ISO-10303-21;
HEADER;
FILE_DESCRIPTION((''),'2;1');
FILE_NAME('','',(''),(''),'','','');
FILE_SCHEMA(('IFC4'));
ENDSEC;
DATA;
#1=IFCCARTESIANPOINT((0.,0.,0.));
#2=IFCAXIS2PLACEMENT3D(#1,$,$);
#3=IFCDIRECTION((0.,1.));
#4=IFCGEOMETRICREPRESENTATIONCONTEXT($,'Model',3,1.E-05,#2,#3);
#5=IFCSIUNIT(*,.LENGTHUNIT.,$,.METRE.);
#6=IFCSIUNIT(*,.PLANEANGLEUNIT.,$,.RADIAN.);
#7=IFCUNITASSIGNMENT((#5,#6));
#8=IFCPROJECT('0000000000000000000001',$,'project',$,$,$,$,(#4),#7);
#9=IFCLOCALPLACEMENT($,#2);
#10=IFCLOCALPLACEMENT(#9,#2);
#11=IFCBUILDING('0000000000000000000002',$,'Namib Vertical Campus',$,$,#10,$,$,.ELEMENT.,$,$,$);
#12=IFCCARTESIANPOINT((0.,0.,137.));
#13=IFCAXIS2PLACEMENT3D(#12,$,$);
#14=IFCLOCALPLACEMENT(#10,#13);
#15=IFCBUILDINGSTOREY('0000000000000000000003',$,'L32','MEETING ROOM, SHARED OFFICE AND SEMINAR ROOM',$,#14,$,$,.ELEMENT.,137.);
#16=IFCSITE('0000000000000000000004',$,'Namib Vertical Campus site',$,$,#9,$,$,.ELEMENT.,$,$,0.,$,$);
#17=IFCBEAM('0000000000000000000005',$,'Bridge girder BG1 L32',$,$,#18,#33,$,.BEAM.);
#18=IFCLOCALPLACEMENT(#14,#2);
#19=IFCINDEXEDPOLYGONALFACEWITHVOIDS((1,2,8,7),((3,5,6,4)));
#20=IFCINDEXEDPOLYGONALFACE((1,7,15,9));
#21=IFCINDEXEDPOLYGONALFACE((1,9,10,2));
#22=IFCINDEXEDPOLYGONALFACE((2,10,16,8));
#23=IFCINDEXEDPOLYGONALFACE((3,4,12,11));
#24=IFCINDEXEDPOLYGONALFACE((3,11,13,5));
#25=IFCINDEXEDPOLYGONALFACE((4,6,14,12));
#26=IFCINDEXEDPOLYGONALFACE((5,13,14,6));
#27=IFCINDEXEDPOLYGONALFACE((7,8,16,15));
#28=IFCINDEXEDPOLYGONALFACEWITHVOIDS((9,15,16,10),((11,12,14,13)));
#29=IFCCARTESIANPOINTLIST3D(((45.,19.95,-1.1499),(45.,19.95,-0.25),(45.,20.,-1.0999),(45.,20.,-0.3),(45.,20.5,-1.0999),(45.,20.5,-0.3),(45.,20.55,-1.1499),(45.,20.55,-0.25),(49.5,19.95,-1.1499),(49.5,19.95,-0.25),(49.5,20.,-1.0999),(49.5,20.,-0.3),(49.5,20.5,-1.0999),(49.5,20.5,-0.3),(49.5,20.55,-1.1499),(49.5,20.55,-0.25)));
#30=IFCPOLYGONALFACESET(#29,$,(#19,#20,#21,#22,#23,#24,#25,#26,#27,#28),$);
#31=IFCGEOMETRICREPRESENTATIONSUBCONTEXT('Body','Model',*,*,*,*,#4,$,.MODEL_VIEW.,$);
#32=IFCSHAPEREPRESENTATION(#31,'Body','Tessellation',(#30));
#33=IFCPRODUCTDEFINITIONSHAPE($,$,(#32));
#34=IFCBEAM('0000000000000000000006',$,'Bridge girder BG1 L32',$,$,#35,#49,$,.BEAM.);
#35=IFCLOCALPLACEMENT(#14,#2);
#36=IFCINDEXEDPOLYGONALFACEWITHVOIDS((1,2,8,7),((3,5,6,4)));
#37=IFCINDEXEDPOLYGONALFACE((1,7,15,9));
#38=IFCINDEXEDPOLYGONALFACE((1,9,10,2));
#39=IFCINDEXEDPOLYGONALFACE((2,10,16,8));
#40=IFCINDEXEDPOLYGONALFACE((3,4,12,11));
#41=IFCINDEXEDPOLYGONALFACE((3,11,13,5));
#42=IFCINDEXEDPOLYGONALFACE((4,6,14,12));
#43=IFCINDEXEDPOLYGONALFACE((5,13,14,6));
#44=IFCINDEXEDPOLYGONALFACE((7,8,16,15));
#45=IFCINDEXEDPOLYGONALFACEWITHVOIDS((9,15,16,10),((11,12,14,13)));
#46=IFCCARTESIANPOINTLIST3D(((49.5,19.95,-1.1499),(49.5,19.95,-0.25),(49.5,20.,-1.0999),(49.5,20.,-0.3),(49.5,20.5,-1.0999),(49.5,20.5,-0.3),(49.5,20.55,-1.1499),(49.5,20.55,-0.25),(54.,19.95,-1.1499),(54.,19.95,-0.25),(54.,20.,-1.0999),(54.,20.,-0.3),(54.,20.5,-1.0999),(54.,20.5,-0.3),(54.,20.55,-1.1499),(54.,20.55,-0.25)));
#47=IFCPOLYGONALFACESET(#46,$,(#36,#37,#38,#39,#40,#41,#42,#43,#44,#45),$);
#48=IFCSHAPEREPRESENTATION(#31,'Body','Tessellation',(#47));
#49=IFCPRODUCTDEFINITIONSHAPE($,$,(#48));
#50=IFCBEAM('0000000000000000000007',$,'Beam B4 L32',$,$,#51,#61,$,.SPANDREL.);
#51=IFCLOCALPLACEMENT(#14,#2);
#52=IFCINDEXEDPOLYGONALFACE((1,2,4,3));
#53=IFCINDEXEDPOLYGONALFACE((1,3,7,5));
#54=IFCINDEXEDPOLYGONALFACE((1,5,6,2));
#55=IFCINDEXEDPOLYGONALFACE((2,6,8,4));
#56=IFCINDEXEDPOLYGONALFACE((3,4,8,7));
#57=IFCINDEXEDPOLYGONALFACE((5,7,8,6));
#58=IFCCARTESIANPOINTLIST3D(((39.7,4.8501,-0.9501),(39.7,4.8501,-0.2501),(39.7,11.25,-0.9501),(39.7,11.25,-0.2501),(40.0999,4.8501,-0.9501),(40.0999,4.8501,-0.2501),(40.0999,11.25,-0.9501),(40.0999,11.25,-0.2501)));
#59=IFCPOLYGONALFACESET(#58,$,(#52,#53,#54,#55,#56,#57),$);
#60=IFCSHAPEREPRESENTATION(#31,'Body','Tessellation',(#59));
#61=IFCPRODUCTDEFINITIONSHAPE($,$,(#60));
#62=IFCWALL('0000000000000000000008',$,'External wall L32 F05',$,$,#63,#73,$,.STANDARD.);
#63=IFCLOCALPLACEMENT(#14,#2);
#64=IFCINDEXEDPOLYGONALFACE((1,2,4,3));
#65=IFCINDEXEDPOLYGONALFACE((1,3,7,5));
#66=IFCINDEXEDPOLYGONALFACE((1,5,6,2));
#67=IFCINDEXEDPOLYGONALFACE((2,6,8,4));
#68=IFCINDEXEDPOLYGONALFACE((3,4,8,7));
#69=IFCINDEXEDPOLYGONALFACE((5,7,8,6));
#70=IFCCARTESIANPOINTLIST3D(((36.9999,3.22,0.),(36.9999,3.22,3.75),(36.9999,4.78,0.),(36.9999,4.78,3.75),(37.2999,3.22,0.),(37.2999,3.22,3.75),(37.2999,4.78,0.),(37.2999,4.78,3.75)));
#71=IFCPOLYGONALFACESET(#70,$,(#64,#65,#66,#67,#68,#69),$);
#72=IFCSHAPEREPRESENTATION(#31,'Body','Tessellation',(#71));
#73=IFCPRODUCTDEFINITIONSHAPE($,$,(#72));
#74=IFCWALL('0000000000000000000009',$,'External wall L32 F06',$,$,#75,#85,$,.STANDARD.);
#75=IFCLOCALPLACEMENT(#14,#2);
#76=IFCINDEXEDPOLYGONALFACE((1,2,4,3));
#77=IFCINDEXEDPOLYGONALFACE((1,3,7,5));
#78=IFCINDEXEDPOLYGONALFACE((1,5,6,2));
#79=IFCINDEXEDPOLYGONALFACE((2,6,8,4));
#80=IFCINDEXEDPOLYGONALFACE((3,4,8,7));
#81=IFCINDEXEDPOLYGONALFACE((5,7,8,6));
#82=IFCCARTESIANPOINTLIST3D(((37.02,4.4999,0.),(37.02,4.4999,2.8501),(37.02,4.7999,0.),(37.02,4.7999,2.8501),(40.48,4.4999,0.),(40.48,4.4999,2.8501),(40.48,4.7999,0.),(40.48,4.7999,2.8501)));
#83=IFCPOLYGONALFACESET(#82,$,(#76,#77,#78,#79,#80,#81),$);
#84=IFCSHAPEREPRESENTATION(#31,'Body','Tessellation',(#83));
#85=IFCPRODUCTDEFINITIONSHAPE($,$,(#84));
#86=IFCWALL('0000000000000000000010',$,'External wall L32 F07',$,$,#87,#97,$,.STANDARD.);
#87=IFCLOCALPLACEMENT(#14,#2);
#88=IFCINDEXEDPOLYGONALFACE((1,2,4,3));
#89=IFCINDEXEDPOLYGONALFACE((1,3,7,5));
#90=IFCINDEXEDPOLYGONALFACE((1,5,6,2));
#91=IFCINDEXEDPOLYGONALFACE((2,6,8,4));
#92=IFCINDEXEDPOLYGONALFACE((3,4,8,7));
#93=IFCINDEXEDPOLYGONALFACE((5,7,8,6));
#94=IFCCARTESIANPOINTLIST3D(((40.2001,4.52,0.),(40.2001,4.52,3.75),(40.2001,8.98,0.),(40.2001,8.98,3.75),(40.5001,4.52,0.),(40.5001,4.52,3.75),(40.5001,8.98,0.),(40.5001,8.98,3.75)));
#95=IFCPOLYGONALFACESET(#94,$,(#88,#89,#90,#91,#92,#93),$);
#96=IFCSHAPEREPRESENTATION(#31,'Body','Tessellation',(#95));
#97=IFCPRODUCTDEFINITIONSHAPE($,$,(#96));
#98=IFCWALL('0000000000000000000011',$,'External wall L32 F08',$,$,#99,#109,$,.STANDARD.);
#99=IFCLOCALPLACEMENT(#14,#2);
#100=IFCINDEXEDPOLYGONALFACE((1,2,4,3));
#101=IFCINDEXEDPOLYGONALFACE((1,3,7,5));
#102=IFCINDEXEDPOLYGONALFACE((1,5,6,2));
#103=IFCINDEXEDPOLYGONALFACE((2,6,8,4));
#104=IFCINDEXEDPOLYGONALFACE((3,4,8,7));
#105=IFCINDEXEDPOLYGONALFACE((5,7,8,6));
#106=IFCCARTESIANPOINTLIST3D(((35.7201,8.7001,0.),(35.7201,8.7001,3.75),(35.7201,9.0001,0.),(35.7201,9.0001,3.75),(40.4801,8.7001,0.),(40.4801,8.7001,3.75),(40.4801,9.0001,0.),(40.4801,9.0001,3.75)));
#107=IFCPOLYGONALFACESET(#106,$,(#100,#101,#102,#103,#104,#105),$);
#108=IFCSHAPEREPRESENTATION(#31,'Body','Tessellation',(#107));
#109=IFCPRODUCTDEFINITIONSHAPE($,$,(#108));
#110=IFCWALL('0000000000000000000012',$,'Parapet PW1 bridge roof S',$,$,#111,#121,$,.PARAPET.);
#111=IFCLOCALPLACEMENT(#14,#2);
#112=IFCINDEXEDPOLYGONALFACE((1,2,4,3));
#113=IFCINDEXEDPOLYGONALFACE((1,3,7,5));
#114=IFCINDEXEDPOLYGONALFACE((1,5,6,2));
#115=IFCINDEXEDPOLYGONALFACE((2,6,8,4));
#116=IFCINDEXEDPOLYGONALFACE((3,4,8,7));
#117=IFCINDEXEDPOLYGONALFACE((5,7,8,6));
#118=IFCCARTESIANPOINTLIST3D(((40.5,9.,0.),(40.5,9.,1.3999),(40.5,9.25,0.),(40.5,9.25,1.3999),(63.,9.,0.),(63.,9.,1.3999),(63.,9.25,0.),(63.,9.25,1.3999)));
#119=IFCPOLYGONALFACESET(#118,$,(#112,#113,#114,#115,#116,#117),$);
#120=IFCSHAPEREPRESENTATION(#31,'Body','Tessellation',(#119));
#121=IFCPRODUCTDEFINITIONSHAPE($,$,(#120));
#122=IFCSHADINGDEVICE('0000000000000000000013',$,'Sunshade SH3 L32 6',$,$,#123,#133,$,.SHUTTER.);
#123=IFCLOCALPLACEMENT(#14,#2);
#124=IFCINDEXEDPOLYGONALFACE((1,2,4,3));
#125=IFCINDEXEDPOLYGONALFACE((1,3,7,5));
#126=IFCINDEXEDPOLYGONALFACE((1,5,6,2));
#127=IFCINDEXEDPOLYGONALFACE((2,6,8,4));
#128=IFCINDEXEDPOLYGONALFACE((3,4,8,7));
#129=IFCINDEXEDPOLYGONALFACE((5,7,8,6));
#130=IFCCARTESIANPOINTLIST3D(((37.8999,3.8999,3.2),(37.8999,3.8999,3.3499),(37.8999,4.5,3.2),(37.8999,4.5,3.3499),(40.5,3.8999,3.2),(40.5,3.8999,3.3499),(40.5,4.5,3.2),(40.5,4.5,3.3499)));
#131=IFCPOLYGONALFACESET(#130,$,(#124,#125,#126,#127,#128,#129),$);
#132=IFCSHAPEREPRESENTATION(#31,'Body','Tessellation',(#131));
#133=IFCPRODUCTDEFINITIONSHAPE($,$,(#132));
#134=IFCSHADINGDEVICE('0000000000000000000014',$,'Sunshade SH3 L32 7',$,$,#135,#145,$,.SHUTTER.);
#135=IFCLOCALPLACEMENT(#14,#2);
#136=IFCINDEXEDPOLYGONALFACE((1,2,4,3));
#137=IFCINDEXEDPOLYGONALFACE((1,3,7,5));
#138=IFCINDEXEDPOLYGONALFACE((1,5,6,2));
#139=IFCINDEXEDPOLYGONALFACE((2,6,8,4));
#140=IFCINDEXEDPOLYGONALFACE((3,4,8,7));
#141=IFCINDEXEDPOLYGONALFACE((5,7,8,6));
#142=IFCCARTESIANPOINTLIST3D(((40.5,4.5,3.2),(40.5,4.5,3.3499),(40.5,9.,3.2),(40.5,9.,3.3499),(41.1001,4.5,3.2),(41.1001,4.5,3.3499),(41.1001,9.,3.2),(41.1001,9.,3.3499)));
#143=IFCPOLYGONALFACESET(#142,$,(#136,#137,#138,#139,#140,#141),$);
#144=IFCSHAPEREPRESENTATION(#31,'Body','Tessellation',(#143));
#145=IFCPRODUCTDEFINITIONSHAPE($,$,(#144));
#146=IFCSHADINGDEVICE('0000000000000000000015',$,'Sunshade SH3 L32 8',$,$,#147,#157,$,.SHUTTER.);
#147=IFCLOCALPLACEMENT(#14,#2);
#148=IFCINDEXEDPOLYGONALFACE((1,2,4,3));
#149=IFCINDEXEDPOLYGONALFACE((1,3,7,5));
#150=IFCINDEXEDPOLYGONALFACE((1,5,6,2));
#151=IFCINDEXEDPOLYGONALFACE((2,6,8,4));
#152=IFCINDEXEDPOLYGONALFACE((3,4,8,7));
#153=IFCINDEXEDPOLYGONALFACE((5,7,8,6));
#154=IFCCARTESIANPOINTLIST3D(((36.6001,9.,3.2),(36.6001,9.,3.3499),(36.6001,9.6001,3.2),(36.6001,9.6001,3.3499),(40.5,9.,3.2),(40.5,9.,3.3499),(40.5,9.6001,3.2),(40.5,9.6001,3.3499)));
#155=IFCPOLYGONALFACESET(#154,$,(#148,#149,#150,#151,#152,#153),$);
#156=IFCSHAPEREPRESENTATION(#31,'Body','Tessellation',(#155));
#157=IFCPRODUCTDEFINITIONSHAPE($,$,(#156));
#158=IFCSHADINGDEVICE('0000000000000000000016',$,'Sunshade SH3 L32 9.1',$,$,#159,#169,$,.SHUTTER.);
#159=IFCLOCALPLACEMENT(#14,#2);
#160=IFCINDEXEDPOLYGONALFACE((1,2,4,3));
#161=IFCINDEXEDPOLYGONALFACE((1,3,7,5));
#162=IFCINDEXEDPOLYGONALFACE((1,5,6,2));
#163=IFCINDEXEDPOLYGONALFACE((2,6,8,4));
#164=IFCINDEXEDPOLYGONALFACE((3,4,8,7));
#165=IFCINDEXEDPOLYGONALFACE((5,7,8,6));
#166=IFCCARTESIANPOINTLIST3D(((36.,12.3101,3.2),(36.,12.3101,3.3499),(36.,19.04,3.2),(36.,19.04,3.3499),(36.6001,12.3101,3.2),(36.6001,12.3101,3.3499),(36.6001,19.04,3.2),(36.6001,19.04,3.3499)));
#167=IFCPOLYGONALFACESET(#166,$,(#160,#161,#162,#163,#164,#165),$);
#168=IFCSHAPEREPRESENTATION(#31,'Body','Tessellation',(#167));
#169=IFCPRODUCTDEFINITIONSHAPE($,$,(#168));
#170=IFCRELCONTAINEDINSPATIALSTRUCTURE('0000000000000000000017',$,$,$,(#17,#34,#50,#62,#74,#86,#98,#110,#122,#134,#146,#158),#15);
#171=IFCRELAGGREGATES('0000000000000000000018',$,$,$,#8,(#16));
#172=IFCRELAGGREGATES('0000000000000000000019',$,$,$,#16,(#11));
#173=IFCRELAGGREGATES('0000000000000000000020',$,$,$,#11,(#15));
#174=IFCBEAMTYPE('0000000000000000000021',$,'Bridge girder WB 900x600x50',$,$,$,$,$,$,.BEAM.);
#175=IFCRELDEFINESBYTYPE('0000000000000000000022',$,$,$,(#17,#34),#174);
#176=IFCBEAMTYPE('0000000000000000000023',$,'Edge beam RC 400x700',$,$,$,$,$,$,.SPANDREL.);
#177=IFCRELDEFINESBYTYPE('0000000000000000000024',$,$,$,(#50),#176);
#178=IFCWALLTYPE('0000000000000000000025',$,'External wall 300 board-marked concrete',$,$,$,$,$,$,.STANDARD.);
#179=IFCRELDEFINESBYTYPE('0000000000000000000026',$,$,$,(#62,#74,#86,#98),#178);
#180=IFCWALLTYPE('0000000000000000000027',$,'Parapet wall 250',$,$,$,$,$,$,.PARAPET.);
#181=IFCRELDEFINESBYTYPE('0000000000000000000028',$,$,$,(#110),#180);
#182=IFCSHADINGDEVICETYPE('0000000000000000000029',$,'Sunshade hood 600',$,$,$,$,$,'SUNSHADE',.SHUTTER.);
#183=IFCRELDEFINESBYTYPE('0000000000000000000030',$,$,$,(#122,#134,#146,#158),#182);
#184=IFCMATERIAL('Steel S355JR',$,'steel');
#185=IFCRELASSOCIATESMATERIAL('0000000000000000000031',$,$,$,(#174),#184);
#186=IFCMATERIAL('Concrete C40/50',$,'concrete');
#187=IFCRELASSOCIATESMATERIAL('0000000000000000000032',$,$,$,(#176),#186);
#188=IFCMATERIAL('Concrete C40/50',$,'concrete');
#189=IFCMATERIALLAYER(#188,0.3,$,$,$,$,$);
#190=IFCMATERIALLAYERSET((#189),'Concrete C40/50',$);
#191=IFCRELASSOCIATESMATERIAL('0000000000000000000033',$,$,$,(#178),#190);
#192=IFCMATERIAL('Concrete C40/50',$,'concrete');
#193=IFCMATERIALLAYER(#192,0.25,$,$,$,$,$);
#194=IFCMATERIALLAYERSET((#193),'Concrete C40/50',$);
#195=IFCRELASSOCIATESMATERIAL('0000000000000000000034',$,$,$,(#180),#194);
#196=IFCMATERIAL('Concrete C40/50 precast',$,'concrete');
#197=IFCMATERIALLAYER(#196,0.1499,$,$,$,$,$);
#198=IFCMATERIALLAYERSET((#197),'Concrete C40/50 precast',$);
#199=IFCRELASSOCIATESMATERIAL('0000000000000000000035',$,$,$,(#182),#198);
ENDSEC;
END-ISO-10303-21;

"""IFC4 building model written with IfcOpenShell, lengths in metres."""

from ifc_helpers import new_model, si_unit, direction, frame, frame_2d, origin, origin_2d, place, context, subcontext, project, spatial, rectangle, hollow_rectangle, extrude, material, layer, layer_set, material_profile, profile_set, type_object, element, save


model = new_model("IFC4")

# Units and contexts
model_context = context("Model", 3, precision=1e-05, world=origin(), true_north=direction((0.0, 1.0)))
body_context = subcontext(model_context, "Body", "Model", "MODEL_VIEW")
ifc_project = project(units=[si_unit("LENGTHUNIT", "METRE"), si_unit("PLANEANGLEUNIT", "RADIAN")], contexts=[model_context])

# Site, building, storey
site_placement = place(None, origin())
site = spatial("IfcSite", under=ifc_project, at=site_placement, Name="Namib Vertical Campus site", CompositionType="ELEMENT", RefElevation=0.0)
building_placement = place(site_placement, origin())
building = spatial("IfcBuilding", under=site, at=building_placement, Name="Namib Vertical Campus", CompositionType="ELEMENT")
storey_placement = place(building_placement, frame((0.0, 0.0, 137.0)))
storey = spatial("IfcBuildingStorey", under=building, at=storey_placement, Name="L32", Description="MEETING ROOM, SHARED OFFICE AND SEMINAR ROOM", CompositionType="ELEMENT", Elevation=137.0)

# Beams
ifc_material_1 = material(Name="Steel S355JR", Category="steel")
ifc_material_profile_1 = material_profile(ifc_material_1, hollow_rectangle(XDim=0.6001, YDim=0.8999, WallThickness=0.05, at=origin_2d()))
ifc_profile_set_1 = profile_set([ifc_material_profile_1], Name="Steel S355JR")
beam_type_1 = type_object("IfcBeamType", Name="Bridge girder WB 900x600x50", PredefinedType="BEAM", material=ifc_profile_set_1)
for number, where, z_axis, x_axis, name in (
    (1, (45.0, 20.25, -0.7), (1.0, 0.0, 0.0), (0.0, 1.0, 0.0), "Bridge girder BG1 L32"),
    (2, (49.5, 20.25, -0.7), (1.0, 0.0, 0.0), (0.0, 1.0, 0.0), "Bridge girder BG1 L32"),
):
    element("IfcBeam", number, at=place(storey_placement, frame(where, z_axis=z_axis, x_axis=x_axis)), inside=storey, type_object=beam_type_1, Name=name, PredefinedType="BEAM", context=body_context, shape_type="SweptSolid", body=[
        extrude(hollow_rectangle(XDim=0.6001, YDim=0.8999, WallThickness=0.05, at=origin_2d()), origin(), (0.0, 0.0, 1.0), 4.5),
    ])
ifc_material_2 = material(Name="Concrete C40/50", Category="concrete")
ifc_material_profile_2 = material_profile(ifc_material_2, rectangle(XDim=0.3999, YDim=0.7, at=origin_2d()))
ifc_profile_set_2 = profile_set([ifc_material_profile_2], Name="Concrete C40/50")
beam_type_2 = type_object("IfcBeamType", Name="Edge beam RC 400x700", PredefinedType="SPANDREL", material=ifc_profile_set_2)
beam_placement = place(storey_placement, frame((39.8999, 4.8501, -0.6001), z_axis=(0.0, 1.0, 0.0), x_axis=(-1.0, 0.0, 0.0)))
element("IfcBeam", 3, at=beam_placement, inside=storey, type_object=beam_type_2, Name="Beam B4 L32", PredefinedType="SPANDREL", context=body_context, shape_type="SweptSolid", body=[
    extrude(rectangle(XDim=0.3999, YDim=0.7, at=origin_2d()), origin(), (0.0, 0.0, 1.0), 6.3999),
])

# Walls
ifc_material_3 = material(Name="Concrete C40/50", Category="concrete")
ifc_layer_1 = layer(ifc_material_3, 0.3)
ifc_layer_set_1 = layer_set([ifc_layer_1], Name="Concrete C40/50")
wall_type_1 = type_object("IfcWallType", Name="External wall 300 board-marked concrete", PredefinedType="STANDARD", material=ifc_layer_set_1)
wall_1_placement = place(storey_placement, frame((37.1499, 3.22, 0.0), z_axis=(0.0, 0.0, 1.0), x_axis=(0.0, 1.0, 0.0)))
element("IfcWall", 4, at=wall_1_placement, inside=storey, type_object=wall_type_1, Name="External wall L32 F05", PredefinedType="STANDARD", context=body_context, shape_type="SweptSolid", body=[
    extrude(rectangle(XDim=1.5601, YDim=0.3, at=frame_2d((0.78, 0.0))), origin(), (0.0, 0.0, 1.0), 3.75),
])
wall_2_placement = place(storey_placement, frame((37.02, 4.6499, 0.0), z_axis=(0.0, 0.0, 1.0), x_axis=(1.0, 0.0, 0.0)))
element("IfcWall", 5, at=wall_2_placement, inside=storey, type_object=wall_type_1, Name="External wall L32 F06", PredefinedType="STANDARD", context=body_context, shape_type="SweptSolid", body=[
    extrude(rectangle(XDim=3.46, YDim=0.3, at=frame_2d((1.73, 0.0))), origin(), (0.0, 0.0, 1.0), 2.8501),
])
wall_3_placement = place(storey_placement, frame((40.3501, 4.52, 0.0), z_axis=(0.0, 0.0, 1.0), x_axis=(0.0, 1.0, 0.0)))
element("IfcWall", 6, at=wall_3_placement, inside=storey, type_object=wall_type_1, Name="External wall L32 F07", PredefinedType="STANDARD", context=body_context, shape_type="SweptSolid", body=[
    extrude(rectangle(XDim=4.46, YDim=0.3, at=frame_2d((2.23, 0.0))), origin(), (0.0, 0.0, 1.0), 3.75),
])
wall_4_placement = place(storey_placement, frame((40.48, 8.8501, 0.0), z_axis=(0.0, 0.0, 1.0), x_axis=(-1.0, 0.0, 0.0)))
element("IfcWall", 7, at=wall_4_placement, inside=storey, type_object=wall_type_1, Name="External wall L32 F08", PredefinedType="STANDARD", context=body_context, shape_type="SweptSolid", body=[
    extrude(rectangle(XDim=4.76, YDim=0.3, at=frame_2d((2.3799, 0.0))), origin(), (0.0, 0.0, 1.0), 3.75),
])
ifc_material_4 = material(Name="Concrete C40/50", Category="concrete")
ifc_layer_2 = layer(ifc_material_4, 0.25)
ifc_layer_set_2 = layer_set([ifc_layer_2], Name="Concrete C40/50")
wall_type_2 = type_object("IfcWallType", Name="Parapet wall 250", PredefinedType="PARAPET", material=ifc_layer_set_2)
wall_5_placement = place(storey_placement, frame((40.5, 9.125, 0.0), z_axis=(0.0, 0.0, 1.0), x_axis=(1.0, 0.0, 0.0)))
element("IfcWall", 8, at=wall_5_placement, inside=storey, type_object=wall_type_2, Name="Parapet PW1 bridge roof S", PredefinedType="PARAPET", context=body_context, shape_type="SweptSolid", body=[
    extrude(rectangle(XDim=22.5, YDim=0.25, at=frame_2d((11.25, 0.0))), origin(), (0.0, 0.0, 1.0), 1.3999),
])

# Shading devices
ifc_material_5 = material(Name="Concrete C40/50 precast", Category="concrete")
ifc_layer_3 = layer(ifc_material_5, 0.1499)
ifc_layer_set_3 = layer_set([ifc_layer_3], Name="Concrete C40/50 precast")
shading_device_type = type_object("IfcShadingDeviceType", Name="Sunshade hood 600", ElementType="SUNSHADE", PredefinedType="SHUTTER", material=ifc_layer_set_3)
shading_device_1_placement = place(storey_placement, frame((39.2, 4.2, 3.2), z_axis=(0.0, 0.0, 1.0), x_axis=(1.0, 0.0, 0.0)))
element("IfcShadingDevice", 9, at=shading_device_1_placement, inside=storey, type_object=shading_device_type, Name="Sunshade SH3 L32 6", PredefinedType="SHUTTER", context=body_context, shape_type="SweptSolid", body=[
    extrude(rectangle(XDim=2.6001, YDim=0.6001, at=origin_2d()), origin(), (0.0, 0.0, 1.0), 0.1499),
])
shading_device_2_placement = place(storey_placement, frame((40.8, 6.75, 3.2), z_axis=(0.0, 0.0, 1.0), x_axis=(0.0, 1.0, 0.0)))
element("IfcShadingDevice", 10, at=shading_device_2_placement, inside=storey, type_object=shading_device_type, Name="Sunshade SH3 L32 7", PredefinedType="SHUTTER", context=body_context, shape_type="SweptSolid", body=[
    extrude(rectangle(XDim=4.5, YDim=0.6001, at=origin_2d()), origin(), (0.0, 0.0, 1.0), 0.1499),
])
shading_device_3_placement = place(storey_placement, frame((38.55, 9.3, 3.2), z_axis=(0.0, 0.0, 1.0), x_axis=(-1.0, 0.0, 0.0)))
element("IfcShadingDevice", 11, at=shading_device_3_placement, inside=storey, type_object=shading_device_type, Name="Sunshade SH3 L32 8", PredefinedType="SHUTTER", context=body_context, shape_type="SweptSolid", body=[
    extrude(rectangle(XDim=3.8999, YDim=0.6001, at=origin_2d()), origin(), (0.0, 0.0, 1.0), 0.1499),
])
shading_device_4_placement = place(storey_placement, frame((36.3, 15.675, 3.2), z_axis=(0.0, 0.0, 1.0), x_axis=(0.0, 1.0, 0.0)))
element("IfcShadingDevice", 12, at=shading_device_4_placement, inside=storey, type_object=shading_device_type, Name="Sunshade SH3 L32 9.1", PredefinedType="SHUTTER", context=body_context, shape_type="SweptSolid", body=[
    extrude(rectangle(XDim=6.73, YDim=0.6001, at=origin_2d()), origin(), (0.0, 0.0, 1.0), 0.1499),
])

save(model, "model.ifc")
